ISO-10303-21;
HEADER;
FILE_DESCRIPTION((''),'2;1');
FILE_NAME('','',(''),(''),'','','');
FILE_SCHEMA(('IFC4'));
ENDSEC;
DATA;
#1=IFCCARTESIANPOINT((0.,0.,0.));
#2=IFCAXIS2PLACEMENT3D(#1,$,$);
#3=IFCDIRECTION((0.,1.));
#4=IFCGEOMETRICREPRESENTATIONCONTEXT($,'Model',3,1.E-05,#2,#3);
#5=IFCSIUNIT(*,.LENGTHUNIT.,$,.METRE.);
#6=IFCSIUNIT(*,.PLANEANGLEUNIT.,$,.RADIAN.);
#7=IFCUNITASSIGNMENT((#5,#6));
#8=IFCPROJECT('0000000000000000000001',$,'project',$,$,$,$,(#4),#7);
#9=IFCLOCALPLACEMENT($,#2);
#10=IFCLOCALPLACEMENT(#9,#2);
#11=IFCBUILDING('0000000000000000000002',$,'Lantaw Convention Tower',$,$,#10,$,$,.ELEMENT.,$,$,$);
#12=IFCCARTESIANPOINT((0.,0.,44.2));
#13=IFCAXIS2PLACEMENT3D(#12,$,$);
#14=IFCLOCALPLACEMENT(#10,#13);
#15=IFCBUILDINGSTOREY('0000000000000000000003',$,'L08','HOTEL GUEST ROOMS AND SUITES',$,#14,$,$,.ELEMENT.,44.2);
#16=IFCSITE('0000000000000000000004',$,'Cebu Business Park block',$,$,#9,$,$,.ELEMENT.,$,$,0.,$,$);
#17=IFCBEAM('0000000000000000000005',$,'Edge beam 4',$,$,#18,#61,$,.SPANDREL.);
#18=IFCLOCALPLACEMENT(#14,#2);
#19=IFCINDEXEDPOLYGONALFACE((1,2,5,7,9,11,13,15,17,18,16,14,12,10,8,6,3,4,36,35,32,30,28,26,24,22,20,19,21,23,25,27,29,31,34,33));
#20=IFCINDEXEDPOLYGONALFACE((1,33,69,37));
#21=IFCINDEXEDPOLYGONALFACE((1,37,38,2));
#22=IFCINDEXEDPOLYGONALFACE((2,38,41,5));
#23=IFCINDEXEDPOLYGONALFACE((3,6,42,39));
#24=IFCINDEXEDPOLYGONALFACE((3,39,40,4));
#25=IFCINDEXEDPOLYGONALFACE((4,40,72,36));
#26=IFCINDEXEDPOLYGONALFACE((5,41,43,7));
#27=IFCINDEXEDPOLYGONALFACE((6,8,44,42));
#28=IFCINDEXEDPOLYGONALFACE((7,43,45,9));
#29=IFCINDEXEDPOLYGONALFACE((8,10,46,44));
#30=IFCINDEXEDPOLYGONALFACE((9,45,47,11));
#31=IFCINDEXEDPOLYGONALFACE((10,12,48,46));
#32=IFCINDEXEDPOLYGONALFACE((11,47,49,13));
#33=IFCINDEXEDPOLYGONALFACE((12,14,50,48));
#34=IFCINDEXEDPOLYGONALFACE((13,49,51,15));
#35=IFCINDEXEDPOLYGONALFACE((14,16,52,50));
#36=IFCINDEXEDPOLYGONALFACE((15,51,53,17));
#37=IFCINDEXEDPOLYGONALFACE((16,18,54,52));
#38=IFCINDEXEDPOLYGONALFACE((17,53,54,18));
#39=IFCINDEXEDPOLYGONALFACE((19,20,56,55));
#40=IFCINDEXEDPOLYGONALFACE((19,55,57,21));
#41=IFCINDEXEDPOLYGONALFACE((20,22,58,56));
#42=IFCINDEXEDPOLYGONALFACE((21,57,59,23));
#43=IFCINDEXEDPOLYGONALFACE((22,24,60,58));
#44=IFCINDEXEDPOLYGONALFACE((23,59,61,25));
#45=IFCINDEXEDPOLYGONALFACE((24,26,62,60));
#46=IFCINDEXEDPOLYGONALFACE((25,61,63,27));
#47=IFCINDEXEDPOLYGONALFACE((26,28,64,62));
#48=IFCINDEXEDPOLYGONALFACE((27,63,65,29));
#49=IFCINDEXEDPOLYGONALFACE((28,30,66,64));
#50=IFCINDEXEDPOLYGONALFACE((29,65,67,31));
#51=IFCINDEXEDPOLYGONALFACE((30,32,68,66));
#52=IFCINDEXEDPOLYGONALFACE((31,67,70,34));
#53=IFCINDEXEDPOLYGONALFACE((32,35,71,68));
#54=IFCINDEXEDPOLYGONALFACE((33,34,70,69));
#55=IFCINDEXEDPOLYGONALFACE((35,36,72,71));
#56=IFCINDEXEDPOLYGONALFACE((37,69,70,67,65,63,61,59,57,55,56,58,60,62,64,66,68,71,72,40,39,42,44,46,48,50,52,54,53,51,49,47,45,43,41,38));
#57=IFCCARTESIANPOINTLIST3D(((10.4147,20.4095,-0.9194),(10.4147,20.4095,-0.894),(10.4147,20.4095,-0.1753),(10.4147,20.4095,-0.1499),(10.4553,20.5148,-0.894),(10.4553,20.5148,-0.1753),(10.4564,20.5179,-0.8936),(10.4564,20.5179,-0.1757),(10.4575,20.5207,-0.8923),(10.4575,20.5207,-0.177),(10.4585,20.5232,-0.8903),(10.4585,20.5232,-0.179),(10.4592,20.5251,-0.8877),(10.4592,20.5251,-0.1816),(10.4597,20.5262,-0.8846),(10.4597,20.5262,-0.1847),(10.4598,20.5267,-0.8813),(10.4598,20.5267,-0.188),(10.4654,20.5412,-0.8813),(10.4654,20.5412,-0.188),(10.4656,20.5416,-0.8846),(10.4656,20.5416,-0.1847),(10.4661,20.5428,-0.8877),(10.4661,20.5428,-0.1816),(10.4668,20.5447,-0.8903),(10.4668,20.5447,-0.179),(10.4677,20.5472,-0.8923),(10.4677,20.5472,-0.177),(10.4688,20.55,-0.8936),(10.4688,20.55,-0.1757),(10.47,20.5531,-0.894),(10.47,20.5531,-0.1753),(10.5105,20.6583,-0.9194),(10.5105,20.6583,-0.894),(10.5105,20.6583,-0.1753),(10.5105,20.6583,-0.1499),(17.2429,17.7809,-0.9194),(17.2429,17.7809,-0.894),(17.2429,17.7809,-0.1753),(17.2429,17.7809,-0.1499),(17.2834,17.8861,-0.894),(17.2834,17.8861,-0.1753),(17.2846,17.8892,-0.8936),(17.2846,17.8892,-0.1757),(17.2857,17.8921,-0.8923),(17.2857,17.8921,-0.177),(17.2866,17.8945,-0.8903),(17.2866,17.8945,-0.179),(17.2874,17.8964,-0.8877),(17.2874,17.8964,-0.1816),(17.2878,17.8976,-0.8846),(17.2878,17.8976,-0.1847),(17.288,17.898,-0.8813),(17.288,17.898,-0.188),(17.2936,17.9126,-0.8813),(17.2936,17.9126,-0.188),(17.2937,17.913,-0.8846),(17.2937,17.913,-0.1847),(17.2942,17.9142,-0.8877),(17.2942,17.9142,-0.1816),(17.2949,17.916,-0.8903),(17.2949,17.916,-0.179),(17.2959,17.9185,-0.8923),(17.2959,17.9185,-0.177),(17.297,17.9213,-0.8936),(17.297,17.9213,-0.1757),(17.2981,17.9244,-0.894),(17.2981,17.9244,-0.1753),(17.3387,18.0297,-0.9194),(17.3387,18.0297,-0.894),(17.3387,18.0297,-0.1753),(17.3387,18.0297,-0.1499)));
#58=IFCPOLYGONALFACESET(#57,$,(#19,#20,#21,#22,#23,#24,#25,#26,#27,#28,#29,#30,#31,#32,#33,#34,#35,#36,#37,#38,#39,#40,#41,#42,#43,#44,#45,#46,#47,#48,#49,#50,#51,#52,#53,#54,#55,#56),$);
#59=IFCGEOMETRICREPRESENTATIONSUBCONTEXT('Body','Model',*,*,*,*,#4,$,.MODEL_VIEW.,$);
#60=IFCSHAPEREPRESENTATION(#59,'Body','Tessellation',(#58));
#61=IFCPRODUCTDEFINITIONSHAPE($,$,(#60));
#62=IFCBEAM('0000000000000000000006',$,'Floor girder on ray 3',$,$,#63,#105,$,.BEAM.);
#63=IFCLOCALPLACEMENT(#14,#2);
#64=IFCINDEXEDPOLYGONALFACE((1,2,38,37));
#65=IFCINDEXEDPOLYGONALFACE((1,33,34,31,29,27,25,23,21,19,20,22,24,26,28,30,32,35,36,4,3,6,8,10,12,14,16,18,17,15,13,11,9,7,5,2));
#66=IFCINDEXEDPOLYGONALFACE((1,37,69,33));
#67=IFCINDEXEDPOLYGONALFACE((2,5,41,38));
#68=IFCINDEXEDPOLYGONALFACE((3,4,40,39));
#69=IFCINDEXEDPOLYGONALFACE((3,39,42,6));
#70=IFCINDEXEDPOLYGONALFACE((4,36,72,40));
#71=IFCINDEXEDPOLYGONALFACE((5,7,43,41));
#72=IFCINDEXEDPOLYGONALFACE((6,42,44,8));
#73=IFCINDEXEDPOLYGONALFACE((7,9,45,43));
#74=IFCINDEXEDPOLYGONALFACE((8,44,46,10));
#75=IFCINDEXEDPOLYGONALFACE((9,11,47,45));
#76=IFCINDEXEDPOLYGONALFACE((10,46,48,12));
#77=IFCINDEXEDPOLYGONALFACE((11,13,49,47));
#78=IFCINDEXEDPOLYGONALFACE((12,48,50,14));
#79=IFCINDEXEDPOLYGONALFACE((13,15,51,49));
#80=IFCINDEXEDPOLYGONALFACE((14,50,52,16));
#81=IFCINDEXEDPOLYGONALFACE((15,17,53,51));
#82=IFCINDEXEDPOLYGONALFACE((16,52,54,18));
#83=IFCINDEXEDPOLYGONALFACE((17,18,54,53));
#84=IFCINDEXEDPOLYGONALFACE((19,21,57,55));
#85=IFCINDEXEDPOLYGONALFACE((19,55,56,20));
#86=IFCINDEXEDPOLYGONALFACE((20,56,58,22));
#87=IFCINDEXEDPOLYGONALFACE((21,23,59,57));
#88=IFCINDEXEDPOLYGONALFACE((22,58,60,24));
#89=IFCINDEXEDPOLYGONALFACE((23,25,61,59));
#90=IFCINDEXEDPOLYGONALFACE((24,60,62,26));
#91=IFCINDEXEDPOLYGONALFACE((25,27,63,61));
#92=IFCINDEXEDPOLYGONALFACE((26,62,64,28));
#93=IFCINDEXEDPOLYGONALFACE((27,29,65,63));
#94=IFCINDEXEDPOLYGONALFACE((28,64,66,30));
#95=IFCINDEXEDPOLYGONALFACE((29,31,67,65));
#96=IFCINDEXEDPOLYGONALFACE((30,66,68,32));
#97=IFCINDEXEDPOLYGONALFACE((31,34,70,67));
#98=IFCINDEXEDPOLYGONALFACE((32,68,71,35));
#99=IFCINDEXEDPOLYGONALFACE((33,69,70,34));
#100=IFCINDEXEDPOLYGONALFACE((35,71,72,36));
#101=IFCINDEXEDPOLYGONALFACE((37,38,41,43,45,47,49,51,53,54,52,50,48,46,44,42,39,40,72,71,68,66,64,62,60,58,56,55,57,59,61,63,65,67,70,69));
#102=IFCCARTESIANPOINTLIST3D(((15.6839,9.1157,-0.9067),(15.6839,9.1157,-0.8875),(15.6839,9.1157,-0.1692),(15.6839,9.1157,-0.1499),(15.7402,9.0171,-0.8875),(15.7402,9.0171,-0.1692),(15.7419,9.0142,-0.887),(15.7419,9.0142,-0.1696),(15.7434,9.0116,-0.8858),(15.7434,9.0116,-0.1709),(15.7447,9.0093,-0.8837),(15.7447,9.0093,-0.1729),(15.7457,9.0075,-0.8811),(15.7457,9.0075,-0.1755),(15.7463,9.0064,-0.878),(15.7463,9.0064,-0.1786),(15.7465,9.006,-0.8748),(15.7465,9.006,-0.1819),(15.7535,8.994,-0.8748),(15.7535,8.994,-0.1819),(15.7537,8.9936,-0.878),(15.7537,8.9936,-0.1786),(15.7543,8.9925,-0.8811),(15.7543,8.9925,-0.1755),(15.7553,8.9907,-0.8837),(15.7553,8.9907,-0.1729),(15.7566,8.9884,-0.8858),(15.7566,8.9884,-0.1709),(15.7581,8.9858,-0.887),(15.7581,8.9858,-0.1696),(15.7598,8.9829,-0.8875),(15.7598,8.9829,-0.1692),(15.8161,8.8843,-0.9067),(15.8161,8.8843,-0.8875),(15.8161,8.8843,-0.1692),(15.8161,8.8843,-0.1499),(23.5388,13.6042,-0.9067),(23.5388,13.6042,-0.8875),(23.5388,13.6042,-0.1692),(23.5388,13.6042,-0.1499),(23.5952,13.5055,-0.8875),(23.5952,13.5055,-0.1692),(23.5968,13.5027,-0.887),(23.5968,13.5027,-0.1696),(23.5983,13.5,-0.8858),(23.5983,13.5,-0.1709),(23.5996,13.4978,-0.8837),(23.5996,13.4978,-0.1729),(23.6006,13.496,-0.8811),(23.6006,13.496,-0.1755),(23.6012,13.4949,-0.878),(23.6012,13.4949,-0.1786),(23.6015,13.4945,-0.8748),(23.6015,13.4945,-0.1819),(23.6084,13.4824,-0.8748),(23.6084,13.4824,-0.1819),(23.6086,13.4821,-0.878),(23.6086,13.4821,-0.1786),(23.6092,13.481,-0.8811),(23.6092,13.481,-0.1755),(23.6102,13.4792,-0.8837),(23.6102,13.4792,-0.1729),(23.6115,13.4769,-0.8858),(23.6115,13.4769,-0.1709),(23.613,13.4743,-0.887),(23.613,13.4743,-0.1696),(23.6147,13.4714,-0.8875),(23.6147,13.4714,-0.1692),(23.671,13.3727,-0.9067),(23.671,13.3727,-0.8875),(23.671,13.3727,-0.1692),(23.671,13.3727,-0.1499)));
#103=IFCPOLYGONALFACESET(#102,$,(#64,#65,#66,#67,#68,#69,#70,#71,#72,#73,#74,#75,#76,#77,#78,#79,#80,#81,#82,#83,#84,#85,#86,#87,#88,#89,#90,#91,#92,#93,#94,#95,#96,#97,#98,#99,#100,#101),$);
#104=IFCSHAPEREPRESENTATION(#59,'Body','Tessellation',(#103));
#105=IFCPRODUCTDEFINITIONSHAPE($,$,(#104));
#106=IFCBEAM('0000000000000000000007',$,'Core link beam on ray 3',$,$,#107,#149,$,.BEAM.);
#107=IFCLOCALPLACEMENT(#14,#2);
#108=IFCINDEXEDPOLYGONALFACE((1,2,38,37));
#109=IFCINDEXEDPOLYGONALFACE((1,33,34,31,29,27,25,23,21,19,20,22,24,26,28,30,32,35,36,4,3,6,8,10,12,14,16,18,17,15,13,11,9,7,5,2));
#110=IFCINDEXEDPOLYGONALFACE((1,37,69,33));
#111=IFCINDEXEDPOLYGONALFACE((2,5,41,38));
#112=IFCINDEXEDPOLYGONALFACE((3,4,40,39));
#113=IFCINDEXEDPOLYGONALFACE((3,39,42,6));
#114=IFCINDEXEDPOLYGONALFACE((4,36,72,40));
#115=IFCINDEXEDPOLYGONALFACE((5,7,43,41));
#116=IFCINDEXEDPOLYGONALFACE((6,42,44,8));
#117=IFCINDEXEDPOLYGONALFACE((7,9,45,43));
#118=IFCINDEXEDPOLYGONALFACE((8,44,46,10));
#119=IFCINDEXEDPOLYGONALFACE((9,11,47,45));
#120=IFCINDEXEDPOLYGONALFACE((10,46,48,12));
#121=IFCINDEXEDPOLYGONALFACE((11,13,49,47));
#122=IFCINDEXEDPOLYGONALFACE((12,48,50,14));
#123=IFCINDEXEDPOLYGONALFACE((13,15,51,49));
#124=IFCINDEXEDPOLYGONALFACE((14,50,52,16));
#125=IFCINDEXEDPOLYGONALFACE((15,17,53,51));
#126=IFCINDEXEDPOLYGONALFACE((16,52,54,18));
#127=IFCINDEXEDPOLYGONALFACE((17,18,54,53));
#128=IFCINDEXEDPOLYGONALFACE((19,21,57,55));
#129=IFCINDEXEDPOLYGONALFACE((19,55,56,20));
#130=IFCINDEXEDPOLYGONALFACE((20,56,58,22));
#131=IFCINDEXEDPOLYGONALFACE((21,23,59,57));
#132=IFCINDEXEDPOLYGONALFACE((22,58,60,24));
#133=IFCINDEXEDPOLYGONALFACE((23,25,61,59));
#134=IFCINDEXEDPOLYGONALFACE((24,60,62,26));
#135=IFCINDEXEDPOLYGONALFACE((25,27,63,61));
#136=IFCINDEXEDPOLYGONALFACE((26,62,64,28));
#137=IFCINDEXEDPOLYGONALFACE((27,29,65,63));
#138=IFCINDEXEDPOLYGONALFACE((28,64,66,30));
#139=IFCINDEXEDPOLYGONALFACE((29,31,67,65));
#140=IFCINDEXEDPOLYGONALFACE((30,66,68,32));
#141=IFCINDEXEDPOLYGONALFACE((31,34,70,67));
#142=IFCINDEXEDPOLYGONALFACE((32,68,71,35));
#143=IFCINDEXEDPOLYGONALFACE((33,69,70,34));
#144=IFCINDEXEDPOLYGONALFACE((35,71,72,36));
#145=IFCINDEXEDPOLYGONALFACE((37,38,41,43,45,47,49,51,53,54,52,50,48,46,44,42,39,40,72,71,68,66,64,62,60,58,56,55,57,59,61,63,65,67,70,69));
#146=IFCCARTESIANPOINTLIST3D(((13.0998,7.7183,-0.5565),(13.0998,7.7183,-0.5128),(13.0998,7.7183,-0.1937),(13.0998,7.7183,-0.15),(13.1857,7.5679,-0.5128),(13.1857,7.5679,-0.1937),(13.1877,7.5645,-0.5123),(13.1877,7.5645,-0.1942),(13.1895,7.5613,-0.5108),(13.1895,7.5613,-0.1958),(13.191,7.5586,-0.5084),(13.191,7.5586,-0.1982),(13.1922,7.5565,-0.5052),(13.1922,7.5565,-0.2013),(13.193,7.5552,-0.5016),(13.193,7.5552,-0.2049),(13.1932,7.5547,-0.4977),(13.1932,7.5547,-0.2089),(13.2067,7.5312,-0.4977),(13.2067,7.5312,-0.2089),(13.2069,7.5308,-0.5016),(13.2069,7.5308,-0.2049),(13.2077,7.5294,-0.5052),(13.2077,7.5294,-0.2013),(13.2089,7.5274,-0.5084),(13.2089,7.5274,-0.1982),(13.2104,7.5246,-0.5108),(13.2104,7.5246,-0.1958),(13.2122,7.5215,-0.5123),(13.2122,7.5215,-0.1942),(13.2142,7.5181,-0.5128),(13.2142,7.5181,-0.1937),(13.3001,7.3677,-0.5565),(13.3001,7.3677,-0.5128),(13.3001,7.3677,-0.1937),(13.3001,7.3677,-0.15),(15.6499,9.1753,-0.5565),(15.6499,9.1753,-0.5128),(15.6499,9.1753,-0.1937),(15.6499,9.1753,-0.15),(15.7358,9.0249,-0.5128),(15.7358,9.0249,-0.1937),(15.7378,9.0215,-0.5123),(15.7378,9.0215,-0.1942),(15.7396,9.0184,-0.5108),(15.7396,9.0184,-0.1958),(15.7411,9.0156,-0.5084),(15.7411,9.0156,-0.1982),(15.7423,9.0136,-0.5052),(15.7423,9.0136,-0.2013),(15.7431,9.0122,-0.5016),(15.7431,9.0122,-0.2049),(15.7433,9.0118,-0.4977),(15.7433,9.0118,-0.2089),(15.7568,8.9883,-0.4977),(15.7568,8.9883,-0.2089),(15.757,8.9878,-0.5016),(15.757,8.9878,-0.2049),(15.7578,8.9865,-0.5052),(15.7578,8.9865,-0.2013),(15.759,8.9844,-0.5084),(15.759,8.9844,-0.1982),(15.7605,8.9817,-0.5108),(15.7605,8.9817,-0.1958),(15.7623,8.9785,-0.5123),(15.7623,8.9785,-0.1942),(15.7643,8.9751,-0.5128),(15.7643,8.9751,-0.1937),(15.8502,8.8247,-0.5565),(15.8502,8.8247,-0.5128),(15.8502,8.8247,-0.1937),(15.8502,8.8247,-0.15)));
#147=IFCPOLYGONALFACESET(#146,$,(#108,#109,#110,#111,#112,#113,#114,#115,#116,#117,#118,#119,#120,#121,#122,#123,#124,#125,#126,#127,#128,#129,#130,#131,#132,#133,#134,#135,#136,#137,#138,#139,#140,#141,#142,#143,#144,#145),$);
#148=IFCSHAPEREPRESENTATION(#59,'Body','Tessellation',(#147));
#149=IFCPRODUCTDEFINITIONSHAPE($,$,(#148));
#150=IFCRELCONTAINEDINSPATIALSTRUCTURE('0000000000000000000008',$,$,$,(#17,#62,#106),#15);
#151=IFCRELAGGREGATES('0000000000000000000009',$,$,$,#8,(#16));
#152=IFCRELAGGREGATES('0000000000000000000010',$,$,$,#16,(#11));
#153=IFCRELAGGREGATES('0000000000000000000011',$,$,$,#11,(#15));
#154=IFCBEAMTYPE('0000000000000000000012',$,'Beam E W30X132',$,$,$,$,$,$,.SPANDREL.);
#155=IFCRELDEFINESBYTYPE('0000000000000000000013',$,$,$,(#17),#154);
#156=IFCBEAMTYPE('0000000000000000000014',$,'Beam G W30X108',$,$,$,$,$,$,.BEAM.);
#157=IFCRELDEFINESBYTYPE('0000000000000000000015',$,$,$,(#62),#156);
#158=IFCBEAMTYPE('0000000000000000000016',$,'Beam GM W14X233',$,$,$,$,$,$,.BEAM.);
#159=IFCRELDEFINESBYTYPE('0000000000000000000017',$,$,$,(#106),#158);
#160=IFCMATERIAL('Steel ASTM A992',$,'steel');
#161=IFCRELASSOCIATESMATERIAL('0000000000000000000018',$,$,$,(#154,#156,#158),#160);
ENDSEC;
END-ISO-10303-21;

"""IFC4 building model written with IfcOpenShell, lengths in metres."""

from ifc_helpers import new_model, si_unit, direction, frame, origin, origin_2d, place, context, subcontext, project, spatial, i_section, extrude, material, material_profile, profile_set, type_object, element, save


model = new_model("IFC4")

# Units and contexts
model_context = context("Model", 3, precision=1e-05, world=origin(), true_north=direction((0.0, 1.0)))
body_context = subcontext(model_context, "Body", "Model", "MODEL_VIEW")
ifc_project = project(units=[si_unit("LENGTHUNIT", "METRE"), si_unit("PLANEANGLEUNIT", "RADIAN")], contexts=[model_context])

# Site, building, storey
site_placement = place(None, origin())
site = spatial("IfcSite", under=ifc_project, at=site_placement, Name="Cebu Business Park block", CompositionType="ELEMENT", RefElevation=0.0)
building_placement = place(site_placement, origin())
building = spatial("IfcBuilding", under=site, at=building_placement, Name="Lantaw Convention Tower", CompositionType="ELEMENT")
storey_placement = place(building_placement, frame((0.0, 0.0, 44.2)))
storey = spatial("IfcBuildingStorey", under=building, at=storey_placement, Name="L08", Description="HOTEL GUEST ROOMS AND SUITES", CompositionType="ELEMENT", Elevation=44.2)

# Beams
ifc_material_1 = material(Name="Steel ASTM A992", Category="steel")
ifc_material_profile_1 = material_profile(ifc_material_1, i_section(OverallWidth=0.2666, OverallDepth=0.7695, WebThickness=0.0156, FlangeThickness=0.0254, FilletRadius=0.0127, at=origin_2d()), Name="W30X132")
ifc_profile_set_1 = profile_set([ifc_material_profile_1], Name="Steel ASTM A992")
beam_type_1 = type_object("IfcBeamType", Name="Beam E W30X132", PredefinedType="SPANDREL", material=ifc_profile_set_1)
beam_1_placement = place(storey_placement, frame((17.2908, 17.9053, -0.5347), z_axis=(-0.933233, 0.359272, 0.0), x_axis=(-0.359272, -0.933233, 0.0)))
element("IfcBeam", 1, at=beam_1_placement, inside=storey, type_object=beam_type_1, Name="Edge beam 4", PredefinedType="SPANDREL", context=body_context, shape_type="SweptSolid", body=[
    extrude(i_section(OverallWidth=0.2666, OverallDepth=0.7695, WebThickness=0.0156, FlangeThickness=0.0254, FilletRadius=0.0127, at=origin_2d()), origin(), (0.0, 0.0, 1.0), 7.3167),
])
ifc_material_profile_2 = material_profile(ifc_material_1, i_section(OverallWidth=0.2666, OverallDepth=0.7568, WebThickness=0.0139, FlangeThickness=0.0193, FilletRadius=0.0127, at=origin_2d()), Name="W30X108")
ifc_profile_set_2 = profile_set([ifc_material_profile_2], Name="Steel ASTM A992")
beam_type_2 = type_object("IfcBeamType", Name="Beam G W30X108", PredefinedType="BEAM", material=ifc_profile_set_2)
beam_2_placement = place(storey_placement, frame((15.75, 9.0, -0.5283), z_axis=(0.868245, 0.496136, 0.0), x_axis=(-0.496136, 0.868245, 0.0)))
element("IfcBeam", 2, at=beam_2_placement, inside=storey, type_object=beam_type_2, Name="Floor girder on ray 3", PredefinedType="BEAM", context=body_context, shape_type="SweptSolid", body=[
    extrude(i_section(OverallWidth=0.2666, OverallDepth=0.7568, WebThickness=0.0139, FlangeThickness=0.0193, FilletRadius=0.0127, at=origin_2d()), origin(), (0.0, 0.0, 1.0), 9.0469),
])
ifc_material_profile_3 = material_profile(ifc_material_1, i_section(OverallWidth=0.4038, OverallDepth=0.4065, WebThickness=0.0271, FlangeThickness=0.0437, FilletRadius=0.0151, at=origin_2d()), Name="W14X233")
ifc_profile_set_3 = profile_set([ifc_material_profile_3], Name="Steel ASTM A992")
beam_type_3 = type_object("IfcBeamType", Name="Beam GM W14X233", PredefinedType="BEAM", material=ifc_profile_set_3)
beam_3_placement = place(storey_placement, frame((13.2, 7.543, -0.3533), z_axis=(0.868264, 0.496103, 0.0), x_axis=(-0.496103, 0.868264, 0.0)))
element("IfcBeam", 3, at=beam_3_placement, inside=storey, type_object=beam_type_3, Name="Core link beam on ray 3", PredefinedType="BEAM", context=body_context, shape_type="SweptSolid", body=[
    extrude(i_section(OverallWidth=0.4038, OverallDepth=0.4065, WebThickness=0.0271, FlangeThickness=0.0437, FilletRadius=0.0151, at=origin_2d()), origin(), (0.0, 0.0, 1.0), 2.937),
])

save(model, "model.ifc")
